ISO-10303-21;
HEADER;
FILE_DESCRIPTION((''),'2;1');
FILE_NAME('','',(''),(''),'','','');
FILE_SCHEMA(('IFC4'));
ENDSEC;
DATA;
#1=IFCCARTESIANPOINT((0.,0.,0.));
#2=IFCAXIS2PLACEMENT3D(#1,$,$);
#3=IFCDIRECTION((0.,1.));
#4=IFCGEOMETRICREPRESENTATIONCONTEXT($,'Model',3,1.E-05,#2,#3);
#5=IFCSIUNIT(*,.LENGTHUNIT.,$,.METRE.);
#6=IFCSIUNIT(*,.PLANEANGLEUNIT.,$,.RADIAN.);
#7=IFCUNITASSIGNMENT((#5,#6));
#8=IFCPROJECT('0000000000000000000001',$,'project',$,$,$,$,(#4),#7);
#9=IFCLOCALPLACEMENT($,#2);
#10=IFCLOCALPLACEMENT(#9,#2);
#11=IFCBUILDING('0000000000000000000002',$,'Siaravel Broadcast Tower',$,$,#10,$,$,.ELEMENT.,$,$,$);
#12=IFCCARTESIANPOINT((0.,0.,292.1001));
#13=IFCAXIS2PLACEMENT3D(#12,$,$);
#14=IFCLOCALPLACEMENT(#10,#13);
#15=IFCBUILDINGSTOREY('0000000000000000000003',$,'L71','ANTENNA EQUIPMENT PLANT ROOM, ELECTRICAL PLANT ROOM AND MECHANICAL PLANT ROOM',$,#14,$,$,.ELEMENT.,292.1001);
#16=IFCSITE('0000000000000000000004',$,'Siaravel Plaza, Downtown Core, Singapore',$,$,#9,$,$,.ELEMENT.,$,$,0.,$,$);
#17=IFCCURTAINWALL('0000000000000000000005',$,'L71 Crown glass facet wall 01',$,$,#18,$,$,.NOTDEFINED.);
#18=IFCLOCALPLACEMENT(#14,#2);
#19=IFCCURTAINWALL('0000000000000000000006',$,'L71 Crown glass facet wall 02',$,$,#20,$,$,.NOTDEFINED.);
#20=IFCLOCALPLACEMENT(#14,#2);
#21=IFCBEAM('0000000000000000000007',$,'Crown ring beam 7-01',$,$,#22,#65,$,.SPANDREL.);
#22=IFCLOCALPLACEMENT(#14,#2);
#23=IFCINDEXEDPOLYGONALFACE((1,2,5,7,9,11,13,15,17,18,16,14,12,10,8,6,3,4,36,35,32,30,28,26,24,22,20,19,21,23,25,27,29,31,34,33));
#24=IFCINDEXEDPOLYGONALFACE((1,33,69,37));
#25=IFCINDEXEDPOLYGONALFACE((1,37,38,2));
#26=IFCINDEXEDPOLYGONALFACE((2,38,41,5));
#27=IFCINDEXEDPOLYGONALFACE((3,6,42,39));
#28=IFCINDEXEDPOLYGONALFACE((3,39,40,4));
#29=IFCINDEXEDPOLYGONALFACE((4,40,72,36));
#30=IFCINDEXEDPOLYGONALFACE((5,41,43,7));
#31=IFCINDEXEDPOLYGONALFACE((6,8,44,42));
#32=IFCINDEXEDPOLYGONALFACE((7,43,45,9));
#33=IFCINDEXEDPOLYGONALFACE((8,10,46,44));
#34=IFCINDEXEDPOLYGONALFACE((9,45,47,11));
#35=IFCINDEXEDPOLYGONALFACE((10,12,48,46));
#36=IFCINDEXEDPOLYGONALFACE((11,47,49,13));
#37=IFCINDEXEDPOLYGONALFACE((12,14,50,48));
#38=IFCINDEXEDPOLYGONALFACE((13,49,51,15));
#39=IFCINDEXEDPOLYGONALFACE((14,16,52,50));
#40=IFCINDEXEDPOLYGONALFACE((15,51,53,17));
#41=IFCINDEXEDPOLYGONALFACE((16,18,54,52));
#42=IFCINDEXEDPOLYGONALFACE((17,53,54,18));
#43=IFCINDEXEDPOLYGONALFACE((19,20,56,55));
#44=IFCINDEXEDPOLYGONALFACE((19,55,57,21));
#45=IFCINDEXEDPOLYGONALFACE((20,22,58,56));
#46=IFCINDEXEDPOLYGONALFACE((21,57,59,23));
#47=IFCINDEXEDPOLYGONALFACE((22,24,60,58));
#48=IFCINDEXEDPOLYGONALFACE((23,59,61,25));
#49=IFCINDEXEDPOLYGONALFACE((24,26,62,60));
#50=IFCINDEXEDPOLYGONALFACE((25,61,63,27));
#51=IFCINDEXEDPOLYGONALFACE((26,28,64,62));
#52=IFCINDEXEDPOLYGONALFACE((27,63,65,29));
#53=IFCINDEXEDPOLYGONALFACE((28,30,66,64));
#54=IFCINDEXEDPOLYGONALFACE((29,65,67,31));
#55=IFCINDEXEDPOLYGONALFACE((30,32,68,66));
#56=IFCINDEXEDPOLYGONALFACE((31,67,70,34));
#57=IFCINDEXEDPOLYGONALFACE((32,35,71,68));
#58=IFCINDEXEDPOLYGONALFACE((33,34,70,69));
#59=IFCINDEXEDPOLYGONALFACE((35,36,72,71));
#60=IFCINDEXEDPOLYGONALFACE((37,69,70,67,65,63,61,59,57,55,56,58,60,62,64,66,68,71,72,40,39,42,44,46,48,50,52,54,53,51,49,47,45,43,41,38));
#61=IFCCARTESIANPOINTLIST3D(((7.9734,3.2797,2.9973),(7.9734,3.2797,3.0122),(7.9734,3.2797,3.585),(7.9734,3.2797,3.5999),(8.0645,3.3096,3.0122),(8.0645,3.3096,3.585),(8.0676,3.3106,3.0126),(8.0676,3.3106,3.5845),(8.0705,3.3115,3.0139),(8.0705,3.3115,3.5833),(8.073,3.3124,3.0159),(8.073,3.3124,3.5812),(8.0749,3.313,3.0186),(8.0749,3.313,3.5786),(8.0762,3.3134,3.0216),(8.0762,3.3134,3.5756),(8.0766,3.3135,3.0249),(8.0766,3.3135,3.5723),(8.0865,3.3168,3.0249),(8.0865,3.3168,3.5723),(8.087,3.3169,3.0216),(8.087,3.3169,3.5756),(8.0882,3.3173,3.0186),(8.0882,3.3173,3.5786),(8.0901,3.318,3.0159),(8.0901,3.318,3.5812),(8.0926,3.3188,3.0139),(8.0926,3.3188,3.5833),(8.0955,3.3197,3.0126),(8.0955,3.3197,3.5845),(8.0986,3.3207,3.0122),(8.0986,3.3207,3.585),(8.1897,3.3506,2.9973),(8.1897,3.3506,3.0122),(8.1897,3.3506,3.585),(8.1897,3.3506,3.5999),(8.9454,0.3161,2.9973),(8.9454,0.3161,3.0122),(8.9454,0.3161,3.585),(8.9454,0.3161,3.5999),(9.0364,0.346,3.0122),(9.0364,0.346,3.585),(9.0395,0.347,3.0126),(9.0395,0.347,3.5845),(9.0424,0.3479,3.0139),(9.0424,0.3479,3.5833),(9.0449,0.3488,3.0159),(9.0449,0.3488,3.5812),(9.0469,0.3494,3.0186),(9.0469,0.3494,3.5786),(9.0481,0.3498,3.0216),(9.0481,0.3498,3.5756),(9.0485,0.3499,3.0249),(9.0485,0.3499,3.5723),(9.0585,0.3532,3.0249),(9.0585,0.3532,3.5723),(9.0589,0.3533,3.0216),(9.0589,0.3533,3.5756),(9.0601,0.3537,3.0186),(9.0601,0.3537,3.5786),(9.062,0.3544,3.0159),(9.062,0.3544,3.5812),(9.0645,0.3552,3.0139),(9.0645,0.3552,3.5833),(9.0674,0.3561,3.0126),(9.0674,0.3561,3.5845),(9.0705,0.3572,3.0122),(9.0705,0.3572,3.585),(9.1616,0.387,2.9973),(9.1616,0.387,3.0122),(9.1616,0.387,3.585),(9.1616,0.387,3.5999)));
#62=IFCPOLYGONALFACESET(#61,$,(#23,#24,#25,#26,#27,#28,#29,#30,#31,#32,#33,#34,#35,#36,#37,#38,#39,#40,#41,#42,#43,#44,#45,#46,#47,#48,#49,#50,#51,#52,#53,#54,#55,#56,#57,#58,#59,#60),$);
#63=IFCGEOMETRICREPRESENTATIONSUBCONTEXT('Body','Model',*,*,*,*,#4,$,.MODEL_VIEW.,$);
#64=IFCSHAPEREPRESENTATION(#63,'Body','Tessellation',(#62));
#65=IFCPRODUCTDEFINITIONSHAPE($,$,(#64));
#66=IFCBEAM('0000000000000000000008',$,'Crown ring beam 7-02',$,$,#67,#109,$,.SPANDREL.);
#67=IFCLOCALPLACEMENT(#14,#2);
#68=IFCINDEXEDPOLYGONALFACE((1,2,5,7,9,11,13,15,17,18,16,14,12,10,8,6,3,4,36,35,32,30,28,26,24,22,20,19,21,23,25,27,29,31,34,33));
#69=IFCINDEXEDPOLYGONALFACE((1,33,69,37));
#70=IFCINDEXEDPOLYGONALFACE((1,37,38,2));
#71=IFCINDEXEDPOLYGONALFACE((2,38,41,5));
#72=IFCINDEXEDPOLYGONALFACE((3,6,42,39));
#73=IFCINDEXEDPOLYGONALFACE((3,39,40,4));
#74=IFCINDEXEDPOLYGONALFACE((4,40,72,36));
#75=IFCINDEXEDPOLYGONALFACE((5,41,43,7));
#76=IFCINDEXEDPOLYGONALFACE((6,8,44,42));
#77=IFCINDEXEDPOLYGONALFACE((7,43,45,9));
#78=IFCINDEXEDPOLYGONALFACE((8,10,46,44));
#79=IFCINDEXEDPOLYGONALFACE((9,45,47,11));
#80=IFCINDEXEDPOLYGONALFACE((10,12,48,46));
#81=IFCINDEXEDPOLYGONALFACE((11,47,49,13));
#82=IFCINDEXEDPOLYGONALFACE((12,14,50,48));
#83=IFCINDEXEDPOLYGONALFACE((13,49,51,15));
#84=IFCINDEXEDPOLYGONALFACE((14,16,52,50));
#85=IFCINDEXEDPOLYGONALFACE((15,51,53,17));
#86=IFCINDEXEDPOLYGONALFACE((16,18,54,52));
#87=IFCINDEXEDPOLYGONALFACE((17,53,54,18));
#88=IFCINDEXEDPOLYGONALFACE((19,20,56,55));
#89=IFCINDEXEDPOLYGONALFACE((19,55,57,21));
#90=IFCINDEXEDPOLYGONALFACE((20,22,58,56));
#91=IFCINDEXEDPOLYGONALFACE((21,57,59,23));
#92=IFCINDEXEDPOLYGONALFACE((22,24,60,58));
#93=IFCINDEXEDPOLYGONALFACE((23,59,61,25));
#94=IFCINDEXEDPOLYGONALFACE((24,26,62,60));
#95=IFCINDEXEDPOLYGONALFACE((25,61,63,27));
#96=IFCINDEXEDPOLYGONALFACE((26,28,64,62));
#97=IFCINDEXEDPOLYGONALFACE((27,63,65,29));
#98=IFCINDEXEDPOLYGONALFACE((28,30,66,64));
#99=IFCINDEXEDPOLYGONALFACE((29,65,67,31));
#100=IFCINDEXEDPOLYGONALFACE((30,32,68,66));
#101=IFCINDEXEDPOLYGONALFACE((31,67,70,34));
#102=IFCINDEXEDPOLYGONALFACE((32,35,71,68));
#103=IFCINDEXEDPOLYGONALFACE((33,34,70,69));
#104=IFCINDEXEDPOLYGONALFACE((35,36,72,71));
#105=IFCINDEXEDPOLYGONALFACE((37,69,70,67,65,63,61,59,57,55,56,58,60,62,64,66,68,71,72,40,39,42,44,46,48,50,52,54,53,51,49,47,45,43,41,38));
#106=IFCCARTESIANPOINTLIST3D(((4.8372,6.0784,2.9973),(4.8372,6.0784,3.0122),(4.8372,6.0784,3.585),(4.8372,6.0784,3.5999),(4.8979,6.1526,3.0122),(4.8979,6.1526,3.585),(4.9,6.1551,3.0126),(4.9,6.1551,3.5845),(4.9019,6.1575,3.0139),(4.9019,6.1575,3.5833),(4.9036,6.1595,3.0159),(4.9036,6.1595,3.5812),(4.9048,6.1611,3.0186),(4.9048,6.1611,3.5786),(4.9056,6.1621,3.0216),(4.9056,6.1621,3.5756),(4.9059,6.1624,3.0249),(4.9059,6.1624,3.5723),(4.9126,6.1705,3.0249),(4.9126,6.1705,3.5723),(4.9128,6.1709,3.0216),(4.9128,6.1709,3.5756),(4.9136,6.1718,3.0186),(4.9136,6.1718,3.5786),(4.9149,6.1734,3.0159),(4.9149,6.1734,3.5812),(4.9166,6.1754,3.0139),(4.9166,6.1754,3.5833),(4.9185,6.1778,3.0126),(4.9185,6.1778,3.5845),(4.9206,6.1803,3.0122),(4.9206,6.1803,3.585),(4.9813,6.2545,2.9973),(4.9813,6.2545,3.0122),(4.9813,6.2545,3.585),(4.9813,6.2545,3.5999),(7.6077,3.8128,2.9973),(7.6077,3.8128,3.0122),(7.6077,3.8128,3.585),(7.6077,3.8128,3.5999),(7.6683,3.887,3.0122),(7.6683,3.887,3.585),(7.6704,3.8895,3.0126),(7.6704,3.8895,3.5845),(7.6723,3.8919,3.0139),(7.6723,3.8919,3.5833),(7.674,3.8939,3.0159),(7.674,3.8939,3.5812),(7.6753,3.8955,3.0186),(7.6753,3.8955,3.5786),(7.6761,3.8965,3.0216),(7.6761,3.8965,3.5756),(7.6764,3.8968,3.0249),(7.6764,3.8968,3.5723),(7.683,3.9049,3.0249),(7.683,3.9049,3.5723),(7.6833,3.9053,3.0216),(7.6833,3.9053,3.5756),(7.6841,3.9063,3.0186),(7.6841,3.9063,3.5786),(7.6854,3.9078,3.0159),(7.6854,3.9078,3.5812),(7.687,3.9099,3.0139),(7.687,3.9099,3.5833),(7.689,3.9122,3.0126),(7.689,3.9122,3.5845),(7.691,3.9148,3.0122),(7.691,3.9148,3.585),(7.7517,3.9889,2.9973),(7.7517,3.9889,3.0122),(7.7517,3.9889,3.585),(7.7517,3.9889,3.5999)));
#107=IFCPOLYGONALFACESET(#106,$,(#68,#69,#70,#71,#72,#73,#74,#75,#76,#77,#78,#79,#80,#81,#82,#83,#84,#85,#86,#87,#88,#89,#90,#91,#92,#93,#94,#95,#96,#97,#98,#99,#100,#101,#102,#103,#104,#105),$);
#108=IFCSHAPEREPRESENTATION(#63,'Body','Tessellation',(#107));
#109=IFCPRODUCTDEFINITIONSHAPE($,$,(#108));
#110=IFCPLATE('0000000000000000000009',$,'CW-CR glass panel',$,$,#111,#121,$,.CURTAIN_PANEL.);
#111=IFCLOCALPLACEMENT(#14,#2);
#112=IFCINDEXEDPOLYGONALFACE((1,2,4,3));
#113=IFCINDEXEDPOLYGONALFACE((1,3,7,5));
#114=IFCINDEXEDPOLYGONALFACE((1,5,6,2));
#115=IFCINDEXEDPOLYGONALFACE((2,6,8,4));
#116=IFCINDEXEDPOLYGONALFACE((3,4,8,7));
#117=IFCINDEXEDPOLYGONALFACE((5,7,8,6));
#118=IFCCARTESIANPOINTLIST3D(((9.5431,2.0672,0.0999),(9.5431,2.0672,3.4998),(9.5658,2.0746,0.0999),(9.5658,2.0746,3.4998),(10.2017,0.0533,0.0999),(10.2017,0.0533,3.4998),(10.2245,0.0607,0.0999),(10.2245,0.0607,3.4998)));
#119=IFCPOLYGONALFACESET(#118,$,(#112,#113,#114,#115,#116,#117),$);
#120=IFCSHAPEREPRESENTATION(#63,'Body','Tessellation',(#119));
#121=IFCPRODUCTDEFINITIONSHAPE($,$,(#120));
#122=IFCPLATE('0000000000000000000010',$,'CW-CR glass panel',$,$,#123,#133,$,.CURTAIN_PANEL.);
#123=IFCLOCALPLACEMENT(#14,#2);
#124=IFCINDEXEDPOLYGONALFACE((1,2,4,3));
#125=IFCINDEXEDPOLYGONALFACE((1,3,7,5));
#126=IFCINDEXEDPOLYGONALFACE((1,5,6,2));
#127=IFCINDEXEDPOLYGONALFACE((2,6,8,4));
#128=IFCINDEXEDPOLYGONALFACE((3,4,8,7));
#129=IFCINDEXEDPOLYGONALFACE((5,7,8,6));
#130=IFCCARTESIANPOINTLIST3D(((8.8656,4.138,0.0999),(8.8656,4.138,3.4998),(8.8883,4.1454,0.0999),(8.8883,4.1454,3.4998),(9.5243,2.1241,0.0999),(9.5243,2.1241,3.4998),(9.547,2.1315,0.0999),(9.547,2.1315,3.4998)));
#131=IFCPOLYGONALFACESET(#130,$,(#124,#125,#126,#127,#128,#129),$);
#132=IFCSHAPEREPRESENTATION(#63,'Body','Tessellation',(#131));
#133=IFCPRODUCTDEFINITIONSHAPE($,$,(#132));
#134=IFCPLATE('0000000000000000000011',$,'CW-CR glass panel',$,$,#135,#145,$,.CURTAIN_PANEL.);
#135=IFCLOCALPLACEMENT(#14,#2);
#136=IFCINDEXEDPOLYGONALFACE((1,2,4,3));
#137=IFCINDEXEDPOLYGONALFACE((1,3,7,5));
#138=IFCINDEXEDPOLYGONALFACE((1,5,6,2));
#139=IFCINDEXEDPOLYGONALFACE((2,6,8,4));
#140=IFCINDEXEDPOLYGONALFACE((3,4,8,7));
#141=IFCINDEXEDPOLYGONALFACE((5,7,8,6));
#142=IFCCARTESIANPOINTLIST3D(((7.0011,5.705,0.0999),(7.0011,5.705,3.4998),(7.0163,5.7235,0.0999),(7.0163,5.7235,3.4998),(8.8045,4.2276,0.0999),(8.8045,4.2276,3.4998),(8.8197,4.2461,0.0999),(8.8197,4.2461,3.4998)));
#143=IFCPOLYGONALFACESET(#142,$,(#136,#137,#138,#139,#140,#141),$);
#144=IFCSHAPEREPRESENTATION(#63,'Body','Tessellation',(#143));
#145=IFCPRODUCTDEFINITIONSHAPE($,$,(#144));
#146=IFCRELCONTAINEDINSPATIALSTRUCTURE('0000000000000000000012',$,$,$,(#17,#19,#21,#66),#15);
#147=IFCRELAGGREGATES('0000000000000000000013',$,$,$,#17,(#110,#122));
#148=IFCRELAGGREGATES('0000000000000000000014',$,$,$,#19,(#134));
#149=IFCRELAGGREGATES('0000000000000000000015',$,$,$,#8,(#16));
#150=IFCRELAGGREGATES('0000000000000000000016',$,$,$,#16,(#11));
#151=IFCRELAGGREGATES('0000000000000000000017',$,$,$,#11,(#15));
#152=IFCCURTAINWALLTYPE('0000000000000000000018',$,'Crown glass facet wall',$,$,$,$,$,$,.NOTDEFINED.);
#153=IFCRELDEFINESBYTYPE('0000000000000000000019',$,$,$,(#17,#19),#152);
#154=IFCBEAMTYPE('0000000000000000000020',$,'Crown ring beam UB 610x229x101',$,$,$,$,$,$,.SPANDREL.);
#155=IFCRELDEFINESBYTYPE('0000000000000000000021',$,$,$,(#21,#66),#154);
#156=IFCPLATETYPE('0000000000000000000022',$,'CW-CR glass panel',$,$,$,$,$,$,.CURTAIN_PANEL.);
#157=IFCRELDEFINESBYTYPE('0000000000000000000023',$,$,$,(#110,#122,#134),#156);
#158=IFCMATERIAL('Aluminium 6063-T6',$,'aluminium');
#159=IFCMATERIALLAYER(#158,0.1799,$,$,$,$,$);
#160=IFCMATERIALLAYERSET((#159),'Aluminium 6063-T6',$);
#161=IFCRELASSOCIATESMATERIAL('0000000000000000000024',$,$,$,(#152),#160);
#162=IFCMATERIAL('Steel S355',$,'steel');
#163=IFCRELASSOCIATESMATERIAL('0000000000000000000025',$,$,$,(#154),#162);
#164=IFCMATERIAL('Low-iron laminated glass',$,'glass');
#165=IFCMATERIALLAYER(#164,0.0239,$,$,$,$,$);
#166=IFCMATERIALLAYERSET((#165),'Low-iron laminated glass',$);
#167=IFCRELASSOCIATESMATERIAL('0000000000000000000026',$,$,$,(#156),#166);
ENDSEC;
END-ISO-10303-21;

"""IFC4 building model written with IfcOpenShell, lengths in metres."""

from ifc_helpers import new_model, si_unit, direction, frame, origin, origin_2d, place, context, subcontext, project, spatial, rectangle, i_section, extrude, material, layer, layer_set, material_profile, profile_set, type_object, element, aggregate, save


model = new_model("IFC4")

# Units and contexts
model_context = context("Model", 3, precision=1e-05, world=origin(), true_north=direction((0.0, 1.0)))
body_context = subcontext(model_context, "Body", "Model", "MODEL_VIEW")
ifc_project = project(units=[si_unit("LENGTHUNIT", "METRE"), si_unit("PLANEANGLEUNIT", "RADIAN")], contexts=[model_context])

# Site, building, storey
site_placement = place(None, origin())
site = spatial("IfcSite", under=ifc_project, at=site_placement, Name="Siaravel Plaza, Downtown Core, Singapore", CompositionType="ELEMENT", RefElevation=0.0)
building_placement = place(site_placement, origin())
building = spatial("IfcBuilding", under=site, at=building_placement, Name="Siaravel Broadcast Tower", CompositionType="ELEMENT")
storey_placement = place(building_placement, frame((0.0, 0.0, 292.1001)))
storey = spatial("IfcBuildingStorey", under=building, at=storey_placement, Name="L71", Description="ANTENNA EQUIPMENT PLANT ROOM, ELECTRICAL PLANT ROOM AND MECHANICAL PLANT ROOM", CompositionType="ELEMENT", Elevation=292.1001)

# Curtain walls
ifc_material_1 = material(Name="Aluminium 6063-T6", Category="aluminium")
ifc_layer_1 = layer(ifc_material_1, 0.1799)
ifc_layer_set_1 = layer_set([ifc_layer_1], Name="Aluminium 6063-T6")
curtain_wall_type = type_object("IfcCurtainWallType", Name="Crown glass facet wall", PredefinedType="NOTDEFINED", material=ifc_layer_set_1)
curtain_wall_1_placement = place(storey_placement, origin())
curtain_wall_1 = element("IfcCurtainWall", 1, at=curtain_wall_1_placement, inside=storey, type_object=curtain_wall_type, Name="L71 Crown glass facet wall 01", PredefinedType="NOTDEFINED")
curtain_wall_2_placement = place(storey_placement, origin())
curtain_wall_2 = element("IfcCurtainWall", 2, at=curtain_wall_2_placement, inside=storey, type_object=curtain_wall_type, Name="L71 Crown glass facet wall 02", PredefinedType="NOTDEFINED")

# Beams
ifc_material_2 = material(Name="Steel S355", Category="steel")
ifc_material_profile_1 = material_profile(ifc_material_2, i_section(OverallWidth=0.2275, OverallDepth=0.6025, WebThickness=0.0105, FlangeThickness=0.0149, FilletRadius=0.0127, at=origin_2d()))
ifc_profile_set_1 = profile_set([ifc_material_profile_1], Name="Steel S355")
beam_type_1 = type_object("IfcBeamType", Name="Crown ring beam UB 610x229x101", PredefinedType="SPANDREL", material=ifc_profile_set_1)
beam_1_placement = place(storey_placement, frame((9.0535, 0.3516, 3.2986), z_axis=(-0.311621, 0.950206, 0.0), x_axis=(-0.950206, -0.311621, 0.0)))
element("IfcBeam", 3, at=beam_1_placement, inside=storey, type_object=beam_type_1, Name="Crown ring beam 7-01", PredefinedType="SPANDREL", context=body_context, shape_type="SweptSolid", body=[
    extrude(i_section(OverallWidth=0.2275, OverallDepth=0.6025, WebThickness=0.0105, FlangeThickness=0.0149, FilletRadius=0.0127, at=origin_2d()), origin(), (0.0, 0.0, 1.0), 3.1189),
])
beam_2_placement = place(storey_placement, frame((7.6797, 3.9009, 3.2986), z_axis=(-0.774115, 0.633045, 0.0), x_axis=(-0.633045, -0.774115, 0.0)))
element("IfcBeam", 4, at=beam_2_placement, inside=storey, type_object=beam_type_1, Name="Crown ring beam 7-02", PredefinedType="SPANDREL", context=body_context, shape_type="SweptSolid", body=[
    extrude(i_section(OverallWidth=0.2275, OverallDepth=0.6025, WebThickness=0.0105, FlangeThickness=0.0149, FilletRadius=0.0127, at=origin_2d()), origin(), (0.0, 0.0, 1.0), 3.5789),
])

# Plates
ifc_material_3 = material(Name="Low-iron laminated glass", Category="glass")
ifc_layer_2 = layer(ifc_material_3, 0.0239)
ifc_layer_set_2 = layer_set([ifc_layer_2], Name="Low-iron laminated glass")
plate_type = type_object("IfcPlateType", Name="CW-CR glass panel", PredefinedType="CURTAIN_PANEL", material=ifc_layer_set_2)
plate_1_placement = place(storey_placement, frame((9.8838, 1.064, 0.0999), z_axis=(0.0, 0.0, 1.0), x_axis=(-0.310848, 0.95046, 0.0)))
plate_1 = element("IfcPlate", 5, at=plate_1_placement, type_object=plate_type, Name="CW-CR glass panel", PredefinedType="CURTAIN_PANEL", context=body_context, shape_type="SweptSolid", body=[
    extrude(rectangle(XDim=2.1189, YDim=0.0239, at=origin_2d()), origin(), (0.0, 0.0, 1.0), 3.3999),
])
plate_2_placement = place(storey_placement, frame((9.2063, 3.1348, 0.0999), z_axis=(0.0, 0.0, 1.0), x_axis=(-0.310848, 0.95046, 0.0)))
plate_2 = element("IfcPlate", 6, at=plate_2_placement, type_object=plate_type, Name="CW-CR glass panel", PredefinedType="CURTAIN_PANEL", context=body_context, shape_type="SweptSolid", body=[
    extrude(rectangle(XDim=2.1189, YDim=0.0239, at=origin_2d()), origin(), (0.0, 0.0, 1.0), 3.3999),
])
aggregate(curtain_wall_1, [plate_1, plate_2])
plate_3_placement = place(storey_placement, frame((7.9104, 4.9756, 0.0999), z_axis=(0.0, 0.0, 1.0), x_axis=(-0.773559, 0.633724, 0.0)))
plate_3 = element("IfcPlate", 7, at=plate_3_placement, type_object=plate_type, Name="CW-CR glass panel", PredefinedType="CURTAIN_PANEL", context=body_context, shape_type="SweptSolid", body=[
    extrude(rectangle(XDim=2.3313, YDim=0.0239, at=origin_2d()), origin(), (0.0, 0.0, 1.0), 3.3999),
])
aggregate(curtain_wall_2, [plate_3])

save(model, "model.ifc")
